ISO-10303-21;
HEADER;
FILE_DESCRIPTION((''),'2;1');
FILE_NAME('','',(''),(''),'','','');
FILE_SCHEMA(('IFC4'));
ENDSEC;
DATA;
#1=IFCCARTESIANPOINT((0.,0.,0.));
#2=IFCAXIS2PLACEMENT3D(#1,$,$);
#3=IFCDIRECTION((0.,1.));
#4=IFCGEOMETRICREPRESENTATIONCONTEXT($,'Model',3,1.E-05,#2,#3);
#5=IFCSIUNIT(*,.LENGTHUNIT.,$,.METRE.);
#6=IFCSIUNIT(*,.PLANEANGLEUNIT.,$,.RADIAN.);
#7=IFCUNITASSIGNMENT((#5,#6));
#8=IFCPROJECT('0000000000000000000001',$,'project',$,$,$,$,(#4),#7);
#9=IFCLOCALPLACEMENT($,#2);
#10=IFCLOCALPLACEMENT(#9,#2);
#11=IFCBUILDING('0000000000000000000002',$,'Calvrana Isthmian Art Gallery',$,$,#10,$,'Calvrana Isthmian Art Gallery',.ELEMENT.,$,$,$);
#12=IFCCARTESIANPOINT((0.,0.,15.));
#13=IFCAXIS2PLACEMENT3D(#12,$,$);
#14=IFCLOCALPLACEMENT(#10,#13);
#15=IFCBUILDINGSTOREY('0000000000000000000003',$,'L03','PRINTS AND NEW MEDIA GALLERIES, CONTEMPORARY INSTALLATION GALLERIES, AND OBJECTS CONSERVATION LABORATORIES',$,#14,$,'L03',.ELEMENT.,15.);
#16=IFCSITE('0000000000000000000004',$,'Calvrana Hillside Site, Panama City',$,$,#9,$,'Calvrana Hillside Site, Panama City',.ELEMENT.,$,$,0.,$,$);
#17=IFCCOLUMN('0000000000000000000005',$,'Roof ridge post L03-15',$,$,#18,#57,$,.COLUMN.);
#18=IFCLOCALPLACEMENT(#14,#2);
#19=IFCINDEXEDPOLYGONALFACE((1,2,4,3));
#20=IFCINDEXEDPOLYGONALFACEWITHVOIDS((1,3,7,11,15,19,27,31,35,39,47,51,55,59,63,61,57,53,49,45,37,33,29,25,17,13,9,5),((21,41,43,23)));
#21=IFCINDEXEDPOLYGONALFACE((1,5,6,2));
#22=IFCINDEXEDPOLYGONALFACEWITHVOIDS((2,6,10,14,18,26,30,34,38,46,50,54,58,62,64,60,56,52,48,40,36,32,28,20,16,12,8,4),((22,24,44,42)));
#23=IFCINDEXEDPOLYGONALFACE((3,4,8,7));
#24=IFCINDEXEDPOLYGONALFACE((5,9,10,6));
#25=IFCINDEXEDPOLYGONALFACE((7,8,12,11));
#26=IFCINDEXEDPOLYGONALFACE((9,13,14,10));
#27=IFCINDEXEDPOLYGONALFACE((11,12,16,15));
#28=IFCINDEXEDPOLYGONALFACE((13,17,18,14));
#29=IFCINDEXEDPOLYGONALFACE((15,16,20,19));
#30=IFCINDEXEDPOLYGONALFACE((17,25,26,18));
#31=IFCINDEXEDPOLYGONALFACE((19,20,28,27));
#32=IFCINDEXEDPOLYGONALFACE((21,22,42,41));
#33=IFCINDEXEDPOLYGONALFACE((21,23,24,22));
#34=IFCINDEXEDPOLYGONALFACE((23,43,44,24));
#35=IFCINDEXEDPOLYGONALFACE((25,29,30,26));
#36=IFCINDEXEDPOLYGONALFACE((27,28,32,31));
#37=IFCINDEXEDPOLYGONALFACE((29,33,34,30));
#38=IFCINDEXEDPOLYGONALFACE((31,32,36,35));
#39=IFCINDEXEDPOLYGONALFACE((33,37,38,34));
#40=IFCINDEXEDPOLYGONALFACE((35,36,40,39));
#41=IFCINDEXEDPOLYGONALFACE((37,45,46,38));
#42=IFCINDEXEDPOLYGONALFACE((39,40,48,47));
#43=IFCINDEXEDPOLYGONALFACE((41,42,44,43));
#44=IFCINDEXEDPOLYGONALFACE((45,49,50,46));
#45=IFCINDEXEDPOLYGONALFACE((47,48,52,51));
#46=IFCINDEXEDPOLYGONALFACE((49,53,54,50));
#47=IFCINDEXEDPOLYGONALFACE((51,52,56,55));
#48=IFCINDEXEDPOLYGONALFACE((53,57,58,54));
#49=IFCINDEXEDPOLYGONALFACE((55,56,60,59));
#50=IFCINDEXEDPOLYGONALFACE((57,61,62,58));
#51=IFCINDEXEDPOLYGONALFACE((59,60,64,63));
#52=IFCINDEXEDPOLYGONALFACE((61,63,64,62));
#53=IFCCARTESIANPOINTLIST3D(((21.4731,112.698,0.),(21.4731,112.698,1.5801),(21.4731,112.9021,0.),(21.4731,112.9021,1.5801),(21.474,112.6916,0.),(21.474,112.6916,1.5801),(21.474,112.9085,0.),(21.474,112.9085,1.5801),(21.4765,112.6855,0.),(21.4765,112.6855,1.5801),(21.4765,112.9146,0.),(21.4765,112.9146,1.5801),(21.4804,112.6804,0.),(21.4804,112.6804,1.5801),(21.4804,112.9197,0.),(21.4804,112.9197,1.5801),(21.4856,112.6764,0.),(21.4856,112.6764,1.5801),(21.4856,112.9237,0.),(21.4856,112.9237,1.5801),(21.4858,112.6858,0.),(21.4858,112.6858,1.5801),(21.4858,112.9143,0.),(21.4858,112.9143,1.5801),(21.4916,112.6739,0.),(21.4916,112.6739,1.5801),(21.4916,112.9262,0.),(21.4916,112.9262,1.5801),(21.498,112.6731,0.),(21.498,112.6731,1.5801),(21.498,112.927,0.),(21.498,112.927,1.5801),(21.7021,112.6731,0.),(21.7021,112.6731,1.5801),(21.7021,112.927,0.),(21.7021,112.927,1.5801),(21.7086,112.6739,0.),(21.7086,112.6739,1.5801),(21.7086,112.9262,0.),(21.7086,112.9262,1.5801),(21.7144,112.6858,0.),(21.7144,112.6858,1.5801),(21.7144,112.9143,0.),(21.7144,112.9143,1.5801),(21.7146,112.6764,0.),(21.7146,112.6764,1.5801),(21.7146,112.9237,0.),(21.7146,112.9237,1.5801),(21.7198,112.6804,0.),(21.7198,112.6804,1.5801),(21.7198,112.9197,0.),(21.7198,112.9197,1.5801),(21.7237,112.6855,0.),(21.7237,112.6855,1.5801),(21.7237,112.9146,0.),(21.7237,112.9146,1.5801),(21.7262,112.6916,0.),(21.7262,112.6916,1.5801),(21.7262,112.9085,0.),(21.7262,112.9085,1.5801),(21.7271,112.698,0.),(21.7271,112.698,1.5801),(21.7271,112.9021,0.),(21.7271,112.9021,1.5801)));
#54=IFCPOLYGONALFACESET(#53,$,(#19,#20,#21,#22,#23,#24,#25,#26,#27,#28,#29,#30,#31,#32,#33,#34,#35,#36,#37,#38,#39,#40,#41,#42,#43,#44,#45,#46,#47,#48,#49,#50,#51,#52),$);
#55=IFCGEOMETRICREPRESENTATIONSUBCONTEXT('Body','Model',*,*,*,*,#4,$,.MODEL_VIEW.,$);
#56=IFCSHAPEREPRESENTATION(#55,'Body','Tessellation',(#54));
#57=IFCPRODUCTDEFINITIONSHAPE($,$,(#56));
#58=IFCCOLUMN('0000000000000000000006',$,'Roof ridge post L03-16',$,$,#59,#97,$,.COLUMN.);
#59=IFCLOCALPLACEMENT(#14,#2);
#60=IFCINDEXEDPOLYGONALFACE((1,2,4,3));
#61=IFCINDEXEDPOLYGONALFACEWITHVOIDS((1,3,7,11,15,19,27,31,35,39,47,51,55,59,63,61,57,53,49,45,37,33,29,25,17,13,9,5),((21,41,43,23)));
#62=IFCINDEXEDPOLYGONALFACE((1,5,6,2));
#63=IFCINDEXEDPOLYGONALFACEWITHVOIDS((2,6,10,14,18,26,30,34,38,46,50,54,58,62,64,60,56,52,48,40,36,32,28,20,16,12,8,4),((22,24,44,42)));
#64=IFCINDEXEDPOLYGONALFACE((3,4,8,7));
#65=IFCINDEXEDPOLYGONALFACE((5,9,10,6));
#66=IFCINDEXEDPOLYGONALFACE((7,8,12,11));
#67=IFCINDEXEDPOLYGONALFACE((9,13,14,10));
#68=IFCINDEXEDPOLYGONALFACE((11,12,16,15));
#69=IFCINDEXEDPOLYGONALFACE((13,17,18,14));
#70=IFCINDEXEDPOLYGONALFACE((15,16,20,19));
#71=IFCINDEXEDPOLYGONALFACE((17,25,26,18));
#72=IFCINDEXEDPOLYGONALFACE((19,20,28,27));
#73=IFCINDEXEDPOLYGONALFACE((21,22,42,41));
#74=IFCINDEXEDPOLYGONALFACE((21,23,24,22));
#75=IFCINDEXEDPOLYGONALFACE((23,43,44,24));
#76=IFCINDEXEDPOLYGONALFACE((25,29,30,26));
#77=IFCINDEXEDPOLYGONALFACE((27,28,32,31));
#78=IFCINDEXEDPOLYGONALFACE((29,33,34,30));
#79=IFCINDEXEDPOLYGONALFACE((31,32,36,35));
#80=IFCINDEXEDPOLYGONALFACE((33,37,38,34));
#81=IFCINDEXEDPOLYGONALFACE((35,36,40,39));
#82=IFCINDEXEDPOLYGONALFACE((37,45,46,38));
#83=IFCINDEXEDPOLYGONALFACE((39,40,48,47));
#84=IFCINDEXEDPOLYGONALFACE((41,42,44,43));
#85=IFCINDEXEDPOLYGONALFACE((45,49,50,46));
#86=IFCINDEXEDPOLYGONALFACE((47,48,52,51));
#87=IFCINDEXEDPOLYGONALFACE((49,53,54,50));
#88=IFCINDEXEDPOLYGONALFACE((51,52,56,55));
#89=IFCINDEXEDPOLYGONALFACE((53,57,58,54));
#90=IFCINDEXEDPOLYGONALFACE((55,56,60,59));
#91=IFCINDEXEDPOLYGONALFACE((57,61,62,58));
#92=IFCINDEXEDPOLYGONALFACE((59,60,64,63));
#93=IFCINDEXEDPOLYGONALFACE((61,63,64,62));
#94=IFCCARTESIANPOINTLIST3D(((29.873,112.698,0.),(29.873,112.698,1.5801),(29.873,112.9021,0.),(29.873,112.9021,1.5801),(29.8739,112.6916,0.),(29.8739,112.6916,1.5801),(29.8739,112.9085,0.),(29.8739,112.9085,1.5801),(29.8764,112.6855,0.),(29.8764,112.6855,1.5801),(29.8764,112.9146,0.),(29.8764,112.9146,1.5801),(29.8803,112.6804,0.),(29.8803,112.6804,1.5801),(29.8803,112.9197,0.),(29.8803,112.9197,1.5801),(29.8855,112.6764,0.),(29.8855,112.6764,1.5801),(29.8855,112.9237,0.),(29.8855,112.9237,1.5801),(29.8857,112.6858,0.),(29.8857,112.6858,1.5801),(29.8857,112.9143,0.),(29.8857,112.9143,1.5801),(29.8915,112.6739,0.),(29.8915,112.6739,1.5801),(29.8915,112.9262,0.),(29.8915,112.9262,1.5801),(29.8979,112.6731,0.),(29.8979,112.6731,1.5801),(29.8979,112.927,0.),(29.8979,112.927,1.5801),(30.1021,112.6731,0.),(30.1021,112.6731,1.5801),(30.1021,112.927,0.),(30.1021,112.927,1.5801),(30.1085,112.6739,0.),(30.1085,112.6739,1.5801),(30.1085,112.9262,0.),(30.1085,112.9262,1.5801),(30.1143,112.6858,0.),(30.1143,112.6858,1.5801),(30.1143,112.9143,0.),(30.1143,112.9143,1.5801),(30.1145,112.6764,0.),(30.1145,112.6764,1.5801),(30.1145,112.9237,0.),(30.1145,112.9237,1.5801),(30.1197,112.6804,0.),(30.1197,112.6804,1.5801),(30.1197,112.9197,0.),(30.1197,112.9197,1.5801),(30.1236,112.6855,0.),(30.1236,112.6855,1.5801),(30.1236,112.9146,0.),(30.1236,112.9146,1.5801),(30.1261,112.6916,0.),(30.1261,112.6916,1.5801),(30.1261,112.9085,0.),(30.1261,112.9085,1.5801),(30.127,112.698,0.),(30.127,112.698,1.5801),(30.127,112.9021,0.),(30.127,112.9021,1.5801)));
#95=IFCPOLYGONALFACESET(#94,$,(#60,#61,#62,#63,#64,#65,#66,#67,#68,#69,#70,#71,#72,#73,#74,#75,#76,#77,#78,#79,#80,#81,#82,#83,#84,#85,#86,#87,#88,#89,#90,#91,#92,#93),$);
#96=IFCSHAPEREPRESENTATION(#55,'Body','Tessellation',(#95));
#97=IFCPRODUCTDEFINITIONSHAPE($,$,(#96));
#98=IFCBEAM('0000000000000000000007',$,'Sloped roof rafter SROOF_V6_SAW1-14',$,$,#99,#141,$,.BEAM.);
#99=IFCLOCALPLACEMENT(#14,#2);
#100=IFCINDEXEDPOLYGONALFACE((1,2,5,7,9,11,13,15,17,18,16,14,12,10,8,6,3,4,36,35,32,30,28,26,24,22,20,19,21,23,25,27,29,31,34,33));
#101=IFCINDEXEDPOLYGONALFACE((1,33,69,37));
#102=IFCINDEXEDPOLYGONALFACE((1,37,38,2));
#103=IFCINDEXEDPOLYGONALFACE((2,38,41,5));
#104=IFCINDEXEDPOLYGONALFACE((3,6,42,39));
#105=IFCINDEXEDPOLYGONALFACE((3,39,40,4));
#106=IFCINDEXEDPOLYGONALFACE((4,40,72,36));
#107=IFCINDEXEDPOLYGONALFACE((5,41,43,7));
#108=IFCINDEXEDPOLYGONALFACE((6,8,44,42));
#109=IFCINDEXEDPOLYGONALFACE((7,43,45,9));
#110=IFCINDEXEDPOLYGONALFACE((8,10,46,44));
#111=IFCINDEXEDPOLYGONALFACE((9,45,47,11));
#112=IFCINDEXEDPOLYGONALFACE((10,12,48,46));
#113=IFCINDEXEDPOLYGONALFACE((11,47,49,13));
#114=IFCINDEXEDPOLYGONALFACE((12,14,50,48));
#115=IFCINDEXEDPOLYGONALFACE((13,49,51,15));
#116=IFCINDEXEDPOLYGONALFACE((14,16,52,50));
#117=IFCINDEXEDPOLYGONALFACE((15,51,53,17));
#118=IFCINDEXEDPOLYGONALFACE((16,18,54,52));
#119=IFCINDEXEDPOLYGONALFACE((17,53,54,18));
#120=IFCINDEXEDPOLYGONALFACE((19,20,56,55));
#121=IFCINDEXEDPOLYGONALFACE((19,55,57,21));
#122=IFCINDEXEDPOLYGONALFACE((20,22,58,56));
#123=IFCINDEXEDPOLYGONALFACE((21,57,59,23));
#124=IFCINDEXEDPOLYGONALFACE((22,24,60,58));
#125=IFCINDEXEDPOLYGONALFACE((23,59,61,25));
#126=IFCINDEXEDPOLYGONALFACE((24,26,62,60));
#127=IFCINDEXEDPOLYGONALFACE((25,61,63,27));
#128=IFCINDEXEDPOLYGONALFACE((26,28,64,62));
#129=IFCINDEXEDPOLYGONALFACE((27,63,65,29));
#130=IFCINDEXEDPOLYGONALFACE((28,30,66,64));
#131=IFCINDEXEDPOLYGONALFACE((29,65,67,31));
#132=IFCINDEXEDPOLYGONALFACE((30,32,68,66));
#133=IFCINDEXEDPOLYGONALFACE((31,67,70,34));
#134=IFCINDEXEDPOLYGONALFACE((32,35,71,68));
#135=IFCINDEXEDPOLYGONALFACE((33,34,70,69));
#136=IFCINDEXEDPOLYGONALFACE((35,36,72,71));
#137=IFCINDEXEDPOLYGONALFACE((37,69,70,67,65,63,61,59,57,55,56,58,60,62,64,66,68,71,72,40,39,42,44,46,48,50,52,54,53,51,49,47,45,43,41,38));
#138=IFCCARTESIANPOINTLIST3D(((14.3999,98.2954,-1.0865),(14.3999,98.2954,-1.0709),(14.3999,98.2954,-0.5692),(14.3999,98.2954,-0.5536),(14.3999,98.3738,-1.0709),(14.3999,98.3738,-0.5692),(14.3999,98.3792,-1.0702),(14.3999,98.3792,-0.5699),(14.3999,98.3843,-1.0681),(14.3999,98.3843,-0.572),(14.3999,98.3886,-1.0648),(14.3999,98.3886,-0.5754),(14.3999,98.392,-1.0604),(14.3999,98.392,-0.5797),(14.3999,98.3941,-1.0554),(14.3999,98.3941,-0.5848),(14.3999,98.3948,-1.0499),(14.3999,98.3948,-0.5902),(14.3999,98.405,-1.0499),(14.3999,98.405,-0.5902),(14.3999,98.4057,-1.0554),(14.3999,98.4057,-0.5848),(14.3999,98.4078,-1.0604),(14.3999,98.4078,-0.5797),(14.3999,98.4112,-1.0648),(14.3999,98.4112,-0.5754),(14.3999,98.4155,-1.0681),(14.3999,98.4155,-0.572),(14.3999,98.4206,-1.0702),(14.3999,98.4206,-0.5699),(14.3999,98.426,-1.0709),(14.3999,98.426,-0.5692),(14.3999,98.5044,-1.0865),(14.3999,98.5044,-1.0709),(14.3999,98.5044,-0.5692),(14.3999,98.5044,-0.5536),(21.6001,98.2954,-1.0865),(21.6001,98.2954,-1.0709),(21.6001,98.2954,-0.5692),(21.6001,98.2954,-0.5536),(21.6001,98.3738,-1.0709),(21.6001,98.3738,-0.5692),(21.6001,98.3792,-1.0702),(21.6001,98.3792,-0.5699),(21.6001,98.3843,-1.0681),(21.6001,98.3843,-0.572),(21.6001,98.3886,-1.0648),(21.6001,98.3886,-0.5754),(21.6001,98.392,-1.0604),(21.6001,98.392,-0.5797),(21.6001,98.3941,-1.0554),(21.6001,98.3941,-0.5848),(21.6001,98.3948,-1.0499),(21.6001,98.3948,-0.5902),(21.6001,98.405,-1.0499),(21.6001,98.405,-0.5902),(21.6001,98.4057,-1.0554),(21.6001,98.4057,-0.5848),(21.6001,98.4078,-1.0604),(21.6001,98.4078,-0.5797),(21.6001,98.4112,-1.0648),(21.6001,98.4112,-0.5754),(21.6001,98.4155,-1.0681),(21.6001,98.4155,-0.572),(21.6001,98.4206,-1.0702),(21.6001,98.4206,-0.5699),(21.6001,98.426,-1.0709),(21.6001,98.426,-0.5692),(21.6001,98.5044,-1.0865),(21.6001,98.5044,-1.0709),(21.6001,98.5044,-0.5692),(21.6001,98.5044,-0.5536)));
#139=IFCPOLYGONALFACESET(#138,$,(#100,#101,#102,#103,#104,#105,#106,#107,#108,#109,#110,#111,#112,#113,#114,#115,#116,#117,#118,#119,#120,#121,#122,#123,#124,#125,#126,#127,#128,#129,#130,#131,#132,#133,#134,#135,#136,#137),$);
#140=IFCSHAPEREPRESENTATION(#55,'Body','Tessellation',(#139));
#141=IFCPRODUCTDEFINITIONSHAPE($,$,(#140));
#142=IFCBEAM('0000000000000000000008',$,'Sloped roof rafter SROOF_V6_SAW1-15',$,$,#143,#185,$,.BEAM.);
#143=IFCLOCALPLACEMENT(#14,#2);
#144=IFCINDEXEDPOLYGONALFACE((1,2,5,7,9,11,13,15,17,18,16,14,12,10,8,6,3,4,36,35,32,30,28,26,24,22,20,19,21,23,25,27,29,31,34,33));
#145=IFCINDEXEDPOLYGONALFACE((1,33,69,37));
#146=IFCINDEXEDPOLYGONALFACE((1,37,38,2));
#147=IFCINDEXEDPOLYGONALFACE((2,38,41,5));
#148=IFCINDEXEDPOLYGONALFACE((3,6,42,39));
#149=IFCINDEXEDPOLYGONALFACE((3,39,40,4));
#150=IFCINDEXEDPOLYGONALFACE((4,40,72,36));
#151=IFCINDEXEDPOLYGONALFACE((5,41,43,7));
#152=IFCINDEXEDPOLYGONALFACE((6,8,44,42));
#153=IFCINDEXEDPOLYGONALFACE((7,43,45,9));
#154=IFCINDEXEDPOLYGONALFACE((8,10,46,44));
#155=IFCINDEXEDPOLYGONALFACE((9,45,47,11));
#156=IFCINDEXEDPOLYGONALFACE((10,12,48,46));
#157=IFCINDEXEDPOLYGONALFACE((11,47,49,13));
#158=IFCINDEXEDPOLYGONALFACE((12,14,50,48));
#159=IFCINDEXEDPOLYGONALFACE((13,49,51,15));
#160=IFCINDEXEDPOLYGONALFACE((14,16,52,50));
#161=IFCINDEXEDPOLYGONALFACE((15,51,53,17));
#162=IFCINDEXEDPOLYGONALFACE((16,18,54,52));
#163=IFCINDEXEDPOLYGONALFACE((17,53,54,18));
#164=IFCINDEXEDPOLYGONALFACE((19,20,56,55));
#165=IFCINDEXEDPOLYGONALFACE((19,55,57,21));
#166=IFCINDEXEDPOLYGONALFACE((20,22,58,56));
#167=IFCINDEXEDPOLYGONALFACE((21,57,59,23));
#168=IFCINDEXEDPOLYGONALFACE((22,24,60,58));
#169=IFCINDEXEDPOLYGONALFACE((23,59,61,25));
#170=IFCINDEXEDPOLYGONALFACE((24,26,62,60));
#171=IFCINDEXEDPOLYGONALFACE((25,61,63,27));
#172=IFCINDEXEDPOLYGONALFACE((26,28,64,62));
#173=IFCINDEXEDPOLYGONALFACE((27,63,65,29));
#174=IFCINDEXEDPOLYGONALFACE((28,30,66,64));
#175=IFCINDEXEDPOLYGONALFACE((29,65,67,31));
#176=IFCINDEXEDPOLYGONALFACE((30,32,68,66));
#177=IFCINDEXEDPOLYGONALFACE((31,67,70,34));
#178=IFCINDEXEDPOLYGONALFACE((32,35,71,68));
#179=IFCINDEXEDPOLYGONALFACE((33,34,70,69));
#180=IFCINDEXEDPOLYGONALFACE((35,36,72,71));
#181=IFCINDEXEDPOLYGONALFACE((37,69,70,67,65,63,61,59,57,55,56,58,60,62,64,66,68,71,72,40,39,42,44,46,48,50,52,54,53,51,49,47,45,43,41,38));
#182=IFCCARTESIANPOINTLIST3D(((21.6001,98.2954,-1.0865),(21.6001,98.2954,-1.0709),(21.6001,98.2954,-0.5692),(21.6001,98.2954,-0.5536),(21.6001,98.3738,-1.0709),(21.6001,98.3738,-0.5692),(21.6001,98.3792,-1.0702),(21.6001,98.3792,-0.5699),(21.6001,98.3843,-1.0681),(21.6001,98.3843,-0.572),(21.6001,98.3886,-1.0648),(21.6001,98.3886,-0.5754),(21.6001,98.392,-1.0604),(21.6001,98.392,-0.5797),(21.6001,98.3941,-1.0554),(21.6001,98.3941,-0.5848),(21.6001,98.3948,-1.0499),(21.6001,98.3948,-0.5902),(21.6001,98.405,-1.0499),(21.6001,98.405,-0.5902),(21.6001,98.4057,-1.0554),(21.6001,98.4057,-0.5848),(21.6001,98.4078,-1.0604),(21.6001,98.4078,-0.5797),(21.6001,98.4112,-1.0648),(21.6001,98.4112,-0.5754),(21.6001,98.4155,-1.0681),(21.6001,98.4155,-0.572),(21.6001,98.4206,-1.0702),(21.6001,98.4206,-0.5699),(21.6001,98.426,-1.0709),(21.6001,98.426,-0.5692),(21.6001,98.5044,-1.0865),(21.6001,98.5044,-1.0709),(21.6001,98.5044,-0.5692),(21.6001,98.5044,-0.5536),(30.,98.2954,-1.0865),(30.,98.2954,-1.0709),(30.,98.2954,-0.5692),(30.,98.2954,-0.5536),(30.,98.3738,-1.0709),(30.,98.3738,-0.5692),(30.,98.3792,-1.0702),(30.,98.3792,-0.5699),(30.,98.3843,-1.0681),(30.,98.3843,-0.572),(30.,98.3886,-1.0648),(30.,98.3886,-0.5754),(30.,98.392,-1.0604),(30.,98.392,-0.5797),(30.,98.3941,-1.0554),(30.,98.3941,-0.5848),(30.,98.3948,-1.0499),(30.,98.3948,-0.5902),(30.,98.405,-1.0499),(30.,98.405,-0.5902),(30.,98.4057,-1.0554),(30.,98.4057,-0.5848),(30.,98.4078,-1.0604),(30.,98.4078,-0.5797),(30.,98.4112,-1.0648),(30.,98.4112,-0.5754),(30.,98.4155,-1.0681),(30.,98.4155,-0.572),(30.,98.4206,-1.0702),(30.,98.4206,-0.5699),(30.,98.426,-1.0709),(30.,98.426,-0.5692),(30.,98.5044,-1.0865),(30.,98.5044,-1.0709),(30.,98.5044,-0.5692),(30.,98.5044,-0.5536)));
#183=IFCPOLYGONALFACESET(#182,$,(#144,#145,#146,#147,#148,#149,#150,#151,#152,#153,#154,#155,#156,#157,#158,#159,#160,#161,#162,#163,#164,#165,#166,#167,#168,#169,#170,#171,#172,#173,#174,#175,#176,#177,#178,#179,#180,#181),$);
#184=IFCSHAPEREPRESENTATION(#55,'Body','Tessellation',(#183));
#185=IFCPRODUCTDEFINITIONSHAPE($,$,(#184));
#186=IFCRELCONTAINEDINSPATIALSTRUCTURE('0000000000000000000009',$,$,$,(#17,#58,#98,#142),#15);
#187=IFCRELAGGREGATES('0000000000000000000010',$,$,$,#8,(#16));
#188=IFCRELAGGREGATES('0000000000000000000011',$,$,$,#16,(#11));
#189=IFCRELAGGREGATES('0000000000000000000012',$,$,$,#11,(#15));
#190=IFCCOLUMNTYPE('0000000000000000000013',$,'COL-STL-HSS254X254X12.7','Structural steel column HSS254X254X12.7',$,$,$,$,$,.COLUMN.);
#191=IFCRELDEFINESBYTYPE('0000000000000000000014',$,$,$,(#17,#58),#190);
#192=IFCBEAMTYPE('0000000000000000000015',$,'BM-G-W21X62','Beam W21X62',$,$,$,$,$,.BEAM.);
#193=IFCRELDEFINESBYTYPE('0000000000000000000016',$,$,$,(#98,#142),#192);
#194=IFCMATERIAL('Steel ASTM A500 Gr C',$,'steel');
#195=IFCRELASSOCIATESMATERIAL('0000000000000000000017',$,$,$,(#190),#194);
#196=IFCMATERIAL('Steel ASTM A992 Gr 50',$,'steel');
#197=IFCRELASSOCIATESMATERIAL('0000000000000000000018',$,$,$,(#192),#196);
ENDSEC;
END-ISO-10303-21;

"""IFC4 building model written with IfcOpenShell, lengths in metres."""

from ifc_helpers import new_model, si_unit, direction, frame, origin, origin_2d, place, context, subcontext, project, spatial, hollow_rectangle, i_section, extrude, material, material_profile, profile_set, type_object, element, save


model = new_model("IFC4")

# Units and contexts
model_context = context("Model", 3, precision=1e-05, world=origin(), true_north=direction((0.0, 1.0)))
body_context = subcontext(model_context, "Body", "Model", "MODEL_VIEW")
ifc_project = project(units=[si_unit("LENGTHUNIT", "METRE"), si_unit("PLANEANGLEUNIT", "RADIAN")], contexts=[model_context])

# Site, building, storey
site_placement = place(None, origin())
site = spatial("IfcSite", under=ifc_project, at=site_placement, Name="Calvrana Hillside Site, Panama City", LongName="Calvrana Hillside Site, Panama City", CompositionType="ELEMENT", RefElevation=0.0)
building_placement = place(site_placement, origin())
building = spatial("IfcBuilding", under=site, at=building_placement, Name="Calvrana Isthmian Art Gallery", LongName="Calvrana Isthmian Art Gallery", CompositionType="ELEMENT")
storey_placement = place(building_placement, frame((0.0, 0.0, 15.0)))
storey = spatial("IfcBuildingStorey", under=building, at=storey_placement, Name="L03", Description="PRINTS AND NEW MEDIA GALLERIES, CONTEMPORARY INSTALLATION GALLERIES, AND OBJECTS CONSERVATION LABORATORIES", LongName="L03", CompositionType="ELEMENT", Elevation=15.0)

# Columns
ifc_material_1 = material(Name="Steel ASTM A500 Gr C", Category="steel")
ifc_material_profile_1 = material_profile(ifc_material_1, hollow_rectangle(XDim=0.2539, YDim=0.2539, WallThickness=0.0127, OuterFilletRadius=0.0249, at=origin_2d()), Name="HSS254X254X12.7")
ifc_profile_set_1 = profile_set([ifc_material_profile_1], Name="Steel ASTM A500 Gr C")
column_type = type_object("IfcColumnType", Name="COL-STL-HSS254X254X12.7", Description="Structural steel column HSS254X254X12.7", PredefinedType="COLUMN", material=ifc_profile_set_1)
for number, where, z_axis, x_axis, name in (
    (1, (21.6001, 112.8, 0.0), (0.0, 0.0, 1.0), (1.0, 0.0, 0.0), "Roof ridge post L03-15"),
    (2, (30.0, 112.8, 0.0), (0.0, 0.0, 1.0), (1.0, 0.0, 0.0), "Roof ridge post L03-16"),
):
    element("IfcColumn", number, at=place(storey_placement, frame(where, z_axis=z_axis, x_axis=x_axis)), inside=storey, type_object=column_type, Name=name, PredefinedType="COLUMN", context=body_context, shape_type="SweptSolid", body=[
        extrude(hollow_rectangle(XDim=0.2539, YDim=0.2539, WallThickness=0.0127, OuterFilletRadius=0.0249, at=origin_2d()), origin(), (0.0, 0.0, 1.0), 1.5801),
    ])

# Beams
ifc_material_2 = material(Name="Steel ASTM A992 Gr 50", Category="steel")
ifc_material_profile_2 = material_profile(ifc_material_2, i_section(OverallWidth=0.209, OverallDepth=0.533, WebThickness=0.0103, FlangeThickness=0.0156, FilletRadius=0.021, at=origin_2d()), Name="W21X62")
ifc_profile_set_2 = profile_set([ifc_material_profile_2], Name="Steel ASTM A992 Gr 50")
beam_type = type_object("IfcBeamType", Name="BM-G-W21X62", Description="Beam W21X62", PredefinedType="BEAM", material=ifc_profile_set_2)
beam_1_placement = place(storey_placement, frame((14.3999, 98.3999, -0.8201), z_axis=(1.0, 0.0, 0.0), x_axis=(0.0, 1.0, 0.0)))
element("IfcBeam", 3, at=beam_1_placement, inside=storey, type_object=beam_type, Name="Sloped roof rafter SROOF_V6_SAW1-14", PredefinedType="BEAM", context=body_context, shape_type="SweptSolid", body=[
    extrude(i_section(OverallWidth=0.209, OverallDepth=0.533, WebThickness=0.0103, FlangeThickness=0.0156, FilletRadius=0.021, at=origin_2d()), origin(), (0.0, 0.0, 1.0), 7.2002),
])
for number, where, z_axis, x_axis, name in (
    (4, (21.6001, 98.3999, -0.8201), (1.0, 0.0, 0.0), (0.0, 1.0, 0.0), "Sloped roof rafter SROOF_V6_SAW1-15"),
):
    element("IfcBeam", number, at=place(storey_placement, frame(where, z_axis=z_axis, x_axis=x_axis)), inside=storey, type_object=beam_type, Name=name, PredefinedType="BEAM", context=body_context, shape_type="SweptSolid", body=[
        extrude(i_section(OverallWidth=0.209, OverallDepth=0.533, WebThickness=0.0103, FlangeThickness=0.0156, FilletRadius=0.021, at=origin_2d()), origin(), (0.0, 0.0, 1.0), 8.3999),
    ])

save(model, "model.ifc")
